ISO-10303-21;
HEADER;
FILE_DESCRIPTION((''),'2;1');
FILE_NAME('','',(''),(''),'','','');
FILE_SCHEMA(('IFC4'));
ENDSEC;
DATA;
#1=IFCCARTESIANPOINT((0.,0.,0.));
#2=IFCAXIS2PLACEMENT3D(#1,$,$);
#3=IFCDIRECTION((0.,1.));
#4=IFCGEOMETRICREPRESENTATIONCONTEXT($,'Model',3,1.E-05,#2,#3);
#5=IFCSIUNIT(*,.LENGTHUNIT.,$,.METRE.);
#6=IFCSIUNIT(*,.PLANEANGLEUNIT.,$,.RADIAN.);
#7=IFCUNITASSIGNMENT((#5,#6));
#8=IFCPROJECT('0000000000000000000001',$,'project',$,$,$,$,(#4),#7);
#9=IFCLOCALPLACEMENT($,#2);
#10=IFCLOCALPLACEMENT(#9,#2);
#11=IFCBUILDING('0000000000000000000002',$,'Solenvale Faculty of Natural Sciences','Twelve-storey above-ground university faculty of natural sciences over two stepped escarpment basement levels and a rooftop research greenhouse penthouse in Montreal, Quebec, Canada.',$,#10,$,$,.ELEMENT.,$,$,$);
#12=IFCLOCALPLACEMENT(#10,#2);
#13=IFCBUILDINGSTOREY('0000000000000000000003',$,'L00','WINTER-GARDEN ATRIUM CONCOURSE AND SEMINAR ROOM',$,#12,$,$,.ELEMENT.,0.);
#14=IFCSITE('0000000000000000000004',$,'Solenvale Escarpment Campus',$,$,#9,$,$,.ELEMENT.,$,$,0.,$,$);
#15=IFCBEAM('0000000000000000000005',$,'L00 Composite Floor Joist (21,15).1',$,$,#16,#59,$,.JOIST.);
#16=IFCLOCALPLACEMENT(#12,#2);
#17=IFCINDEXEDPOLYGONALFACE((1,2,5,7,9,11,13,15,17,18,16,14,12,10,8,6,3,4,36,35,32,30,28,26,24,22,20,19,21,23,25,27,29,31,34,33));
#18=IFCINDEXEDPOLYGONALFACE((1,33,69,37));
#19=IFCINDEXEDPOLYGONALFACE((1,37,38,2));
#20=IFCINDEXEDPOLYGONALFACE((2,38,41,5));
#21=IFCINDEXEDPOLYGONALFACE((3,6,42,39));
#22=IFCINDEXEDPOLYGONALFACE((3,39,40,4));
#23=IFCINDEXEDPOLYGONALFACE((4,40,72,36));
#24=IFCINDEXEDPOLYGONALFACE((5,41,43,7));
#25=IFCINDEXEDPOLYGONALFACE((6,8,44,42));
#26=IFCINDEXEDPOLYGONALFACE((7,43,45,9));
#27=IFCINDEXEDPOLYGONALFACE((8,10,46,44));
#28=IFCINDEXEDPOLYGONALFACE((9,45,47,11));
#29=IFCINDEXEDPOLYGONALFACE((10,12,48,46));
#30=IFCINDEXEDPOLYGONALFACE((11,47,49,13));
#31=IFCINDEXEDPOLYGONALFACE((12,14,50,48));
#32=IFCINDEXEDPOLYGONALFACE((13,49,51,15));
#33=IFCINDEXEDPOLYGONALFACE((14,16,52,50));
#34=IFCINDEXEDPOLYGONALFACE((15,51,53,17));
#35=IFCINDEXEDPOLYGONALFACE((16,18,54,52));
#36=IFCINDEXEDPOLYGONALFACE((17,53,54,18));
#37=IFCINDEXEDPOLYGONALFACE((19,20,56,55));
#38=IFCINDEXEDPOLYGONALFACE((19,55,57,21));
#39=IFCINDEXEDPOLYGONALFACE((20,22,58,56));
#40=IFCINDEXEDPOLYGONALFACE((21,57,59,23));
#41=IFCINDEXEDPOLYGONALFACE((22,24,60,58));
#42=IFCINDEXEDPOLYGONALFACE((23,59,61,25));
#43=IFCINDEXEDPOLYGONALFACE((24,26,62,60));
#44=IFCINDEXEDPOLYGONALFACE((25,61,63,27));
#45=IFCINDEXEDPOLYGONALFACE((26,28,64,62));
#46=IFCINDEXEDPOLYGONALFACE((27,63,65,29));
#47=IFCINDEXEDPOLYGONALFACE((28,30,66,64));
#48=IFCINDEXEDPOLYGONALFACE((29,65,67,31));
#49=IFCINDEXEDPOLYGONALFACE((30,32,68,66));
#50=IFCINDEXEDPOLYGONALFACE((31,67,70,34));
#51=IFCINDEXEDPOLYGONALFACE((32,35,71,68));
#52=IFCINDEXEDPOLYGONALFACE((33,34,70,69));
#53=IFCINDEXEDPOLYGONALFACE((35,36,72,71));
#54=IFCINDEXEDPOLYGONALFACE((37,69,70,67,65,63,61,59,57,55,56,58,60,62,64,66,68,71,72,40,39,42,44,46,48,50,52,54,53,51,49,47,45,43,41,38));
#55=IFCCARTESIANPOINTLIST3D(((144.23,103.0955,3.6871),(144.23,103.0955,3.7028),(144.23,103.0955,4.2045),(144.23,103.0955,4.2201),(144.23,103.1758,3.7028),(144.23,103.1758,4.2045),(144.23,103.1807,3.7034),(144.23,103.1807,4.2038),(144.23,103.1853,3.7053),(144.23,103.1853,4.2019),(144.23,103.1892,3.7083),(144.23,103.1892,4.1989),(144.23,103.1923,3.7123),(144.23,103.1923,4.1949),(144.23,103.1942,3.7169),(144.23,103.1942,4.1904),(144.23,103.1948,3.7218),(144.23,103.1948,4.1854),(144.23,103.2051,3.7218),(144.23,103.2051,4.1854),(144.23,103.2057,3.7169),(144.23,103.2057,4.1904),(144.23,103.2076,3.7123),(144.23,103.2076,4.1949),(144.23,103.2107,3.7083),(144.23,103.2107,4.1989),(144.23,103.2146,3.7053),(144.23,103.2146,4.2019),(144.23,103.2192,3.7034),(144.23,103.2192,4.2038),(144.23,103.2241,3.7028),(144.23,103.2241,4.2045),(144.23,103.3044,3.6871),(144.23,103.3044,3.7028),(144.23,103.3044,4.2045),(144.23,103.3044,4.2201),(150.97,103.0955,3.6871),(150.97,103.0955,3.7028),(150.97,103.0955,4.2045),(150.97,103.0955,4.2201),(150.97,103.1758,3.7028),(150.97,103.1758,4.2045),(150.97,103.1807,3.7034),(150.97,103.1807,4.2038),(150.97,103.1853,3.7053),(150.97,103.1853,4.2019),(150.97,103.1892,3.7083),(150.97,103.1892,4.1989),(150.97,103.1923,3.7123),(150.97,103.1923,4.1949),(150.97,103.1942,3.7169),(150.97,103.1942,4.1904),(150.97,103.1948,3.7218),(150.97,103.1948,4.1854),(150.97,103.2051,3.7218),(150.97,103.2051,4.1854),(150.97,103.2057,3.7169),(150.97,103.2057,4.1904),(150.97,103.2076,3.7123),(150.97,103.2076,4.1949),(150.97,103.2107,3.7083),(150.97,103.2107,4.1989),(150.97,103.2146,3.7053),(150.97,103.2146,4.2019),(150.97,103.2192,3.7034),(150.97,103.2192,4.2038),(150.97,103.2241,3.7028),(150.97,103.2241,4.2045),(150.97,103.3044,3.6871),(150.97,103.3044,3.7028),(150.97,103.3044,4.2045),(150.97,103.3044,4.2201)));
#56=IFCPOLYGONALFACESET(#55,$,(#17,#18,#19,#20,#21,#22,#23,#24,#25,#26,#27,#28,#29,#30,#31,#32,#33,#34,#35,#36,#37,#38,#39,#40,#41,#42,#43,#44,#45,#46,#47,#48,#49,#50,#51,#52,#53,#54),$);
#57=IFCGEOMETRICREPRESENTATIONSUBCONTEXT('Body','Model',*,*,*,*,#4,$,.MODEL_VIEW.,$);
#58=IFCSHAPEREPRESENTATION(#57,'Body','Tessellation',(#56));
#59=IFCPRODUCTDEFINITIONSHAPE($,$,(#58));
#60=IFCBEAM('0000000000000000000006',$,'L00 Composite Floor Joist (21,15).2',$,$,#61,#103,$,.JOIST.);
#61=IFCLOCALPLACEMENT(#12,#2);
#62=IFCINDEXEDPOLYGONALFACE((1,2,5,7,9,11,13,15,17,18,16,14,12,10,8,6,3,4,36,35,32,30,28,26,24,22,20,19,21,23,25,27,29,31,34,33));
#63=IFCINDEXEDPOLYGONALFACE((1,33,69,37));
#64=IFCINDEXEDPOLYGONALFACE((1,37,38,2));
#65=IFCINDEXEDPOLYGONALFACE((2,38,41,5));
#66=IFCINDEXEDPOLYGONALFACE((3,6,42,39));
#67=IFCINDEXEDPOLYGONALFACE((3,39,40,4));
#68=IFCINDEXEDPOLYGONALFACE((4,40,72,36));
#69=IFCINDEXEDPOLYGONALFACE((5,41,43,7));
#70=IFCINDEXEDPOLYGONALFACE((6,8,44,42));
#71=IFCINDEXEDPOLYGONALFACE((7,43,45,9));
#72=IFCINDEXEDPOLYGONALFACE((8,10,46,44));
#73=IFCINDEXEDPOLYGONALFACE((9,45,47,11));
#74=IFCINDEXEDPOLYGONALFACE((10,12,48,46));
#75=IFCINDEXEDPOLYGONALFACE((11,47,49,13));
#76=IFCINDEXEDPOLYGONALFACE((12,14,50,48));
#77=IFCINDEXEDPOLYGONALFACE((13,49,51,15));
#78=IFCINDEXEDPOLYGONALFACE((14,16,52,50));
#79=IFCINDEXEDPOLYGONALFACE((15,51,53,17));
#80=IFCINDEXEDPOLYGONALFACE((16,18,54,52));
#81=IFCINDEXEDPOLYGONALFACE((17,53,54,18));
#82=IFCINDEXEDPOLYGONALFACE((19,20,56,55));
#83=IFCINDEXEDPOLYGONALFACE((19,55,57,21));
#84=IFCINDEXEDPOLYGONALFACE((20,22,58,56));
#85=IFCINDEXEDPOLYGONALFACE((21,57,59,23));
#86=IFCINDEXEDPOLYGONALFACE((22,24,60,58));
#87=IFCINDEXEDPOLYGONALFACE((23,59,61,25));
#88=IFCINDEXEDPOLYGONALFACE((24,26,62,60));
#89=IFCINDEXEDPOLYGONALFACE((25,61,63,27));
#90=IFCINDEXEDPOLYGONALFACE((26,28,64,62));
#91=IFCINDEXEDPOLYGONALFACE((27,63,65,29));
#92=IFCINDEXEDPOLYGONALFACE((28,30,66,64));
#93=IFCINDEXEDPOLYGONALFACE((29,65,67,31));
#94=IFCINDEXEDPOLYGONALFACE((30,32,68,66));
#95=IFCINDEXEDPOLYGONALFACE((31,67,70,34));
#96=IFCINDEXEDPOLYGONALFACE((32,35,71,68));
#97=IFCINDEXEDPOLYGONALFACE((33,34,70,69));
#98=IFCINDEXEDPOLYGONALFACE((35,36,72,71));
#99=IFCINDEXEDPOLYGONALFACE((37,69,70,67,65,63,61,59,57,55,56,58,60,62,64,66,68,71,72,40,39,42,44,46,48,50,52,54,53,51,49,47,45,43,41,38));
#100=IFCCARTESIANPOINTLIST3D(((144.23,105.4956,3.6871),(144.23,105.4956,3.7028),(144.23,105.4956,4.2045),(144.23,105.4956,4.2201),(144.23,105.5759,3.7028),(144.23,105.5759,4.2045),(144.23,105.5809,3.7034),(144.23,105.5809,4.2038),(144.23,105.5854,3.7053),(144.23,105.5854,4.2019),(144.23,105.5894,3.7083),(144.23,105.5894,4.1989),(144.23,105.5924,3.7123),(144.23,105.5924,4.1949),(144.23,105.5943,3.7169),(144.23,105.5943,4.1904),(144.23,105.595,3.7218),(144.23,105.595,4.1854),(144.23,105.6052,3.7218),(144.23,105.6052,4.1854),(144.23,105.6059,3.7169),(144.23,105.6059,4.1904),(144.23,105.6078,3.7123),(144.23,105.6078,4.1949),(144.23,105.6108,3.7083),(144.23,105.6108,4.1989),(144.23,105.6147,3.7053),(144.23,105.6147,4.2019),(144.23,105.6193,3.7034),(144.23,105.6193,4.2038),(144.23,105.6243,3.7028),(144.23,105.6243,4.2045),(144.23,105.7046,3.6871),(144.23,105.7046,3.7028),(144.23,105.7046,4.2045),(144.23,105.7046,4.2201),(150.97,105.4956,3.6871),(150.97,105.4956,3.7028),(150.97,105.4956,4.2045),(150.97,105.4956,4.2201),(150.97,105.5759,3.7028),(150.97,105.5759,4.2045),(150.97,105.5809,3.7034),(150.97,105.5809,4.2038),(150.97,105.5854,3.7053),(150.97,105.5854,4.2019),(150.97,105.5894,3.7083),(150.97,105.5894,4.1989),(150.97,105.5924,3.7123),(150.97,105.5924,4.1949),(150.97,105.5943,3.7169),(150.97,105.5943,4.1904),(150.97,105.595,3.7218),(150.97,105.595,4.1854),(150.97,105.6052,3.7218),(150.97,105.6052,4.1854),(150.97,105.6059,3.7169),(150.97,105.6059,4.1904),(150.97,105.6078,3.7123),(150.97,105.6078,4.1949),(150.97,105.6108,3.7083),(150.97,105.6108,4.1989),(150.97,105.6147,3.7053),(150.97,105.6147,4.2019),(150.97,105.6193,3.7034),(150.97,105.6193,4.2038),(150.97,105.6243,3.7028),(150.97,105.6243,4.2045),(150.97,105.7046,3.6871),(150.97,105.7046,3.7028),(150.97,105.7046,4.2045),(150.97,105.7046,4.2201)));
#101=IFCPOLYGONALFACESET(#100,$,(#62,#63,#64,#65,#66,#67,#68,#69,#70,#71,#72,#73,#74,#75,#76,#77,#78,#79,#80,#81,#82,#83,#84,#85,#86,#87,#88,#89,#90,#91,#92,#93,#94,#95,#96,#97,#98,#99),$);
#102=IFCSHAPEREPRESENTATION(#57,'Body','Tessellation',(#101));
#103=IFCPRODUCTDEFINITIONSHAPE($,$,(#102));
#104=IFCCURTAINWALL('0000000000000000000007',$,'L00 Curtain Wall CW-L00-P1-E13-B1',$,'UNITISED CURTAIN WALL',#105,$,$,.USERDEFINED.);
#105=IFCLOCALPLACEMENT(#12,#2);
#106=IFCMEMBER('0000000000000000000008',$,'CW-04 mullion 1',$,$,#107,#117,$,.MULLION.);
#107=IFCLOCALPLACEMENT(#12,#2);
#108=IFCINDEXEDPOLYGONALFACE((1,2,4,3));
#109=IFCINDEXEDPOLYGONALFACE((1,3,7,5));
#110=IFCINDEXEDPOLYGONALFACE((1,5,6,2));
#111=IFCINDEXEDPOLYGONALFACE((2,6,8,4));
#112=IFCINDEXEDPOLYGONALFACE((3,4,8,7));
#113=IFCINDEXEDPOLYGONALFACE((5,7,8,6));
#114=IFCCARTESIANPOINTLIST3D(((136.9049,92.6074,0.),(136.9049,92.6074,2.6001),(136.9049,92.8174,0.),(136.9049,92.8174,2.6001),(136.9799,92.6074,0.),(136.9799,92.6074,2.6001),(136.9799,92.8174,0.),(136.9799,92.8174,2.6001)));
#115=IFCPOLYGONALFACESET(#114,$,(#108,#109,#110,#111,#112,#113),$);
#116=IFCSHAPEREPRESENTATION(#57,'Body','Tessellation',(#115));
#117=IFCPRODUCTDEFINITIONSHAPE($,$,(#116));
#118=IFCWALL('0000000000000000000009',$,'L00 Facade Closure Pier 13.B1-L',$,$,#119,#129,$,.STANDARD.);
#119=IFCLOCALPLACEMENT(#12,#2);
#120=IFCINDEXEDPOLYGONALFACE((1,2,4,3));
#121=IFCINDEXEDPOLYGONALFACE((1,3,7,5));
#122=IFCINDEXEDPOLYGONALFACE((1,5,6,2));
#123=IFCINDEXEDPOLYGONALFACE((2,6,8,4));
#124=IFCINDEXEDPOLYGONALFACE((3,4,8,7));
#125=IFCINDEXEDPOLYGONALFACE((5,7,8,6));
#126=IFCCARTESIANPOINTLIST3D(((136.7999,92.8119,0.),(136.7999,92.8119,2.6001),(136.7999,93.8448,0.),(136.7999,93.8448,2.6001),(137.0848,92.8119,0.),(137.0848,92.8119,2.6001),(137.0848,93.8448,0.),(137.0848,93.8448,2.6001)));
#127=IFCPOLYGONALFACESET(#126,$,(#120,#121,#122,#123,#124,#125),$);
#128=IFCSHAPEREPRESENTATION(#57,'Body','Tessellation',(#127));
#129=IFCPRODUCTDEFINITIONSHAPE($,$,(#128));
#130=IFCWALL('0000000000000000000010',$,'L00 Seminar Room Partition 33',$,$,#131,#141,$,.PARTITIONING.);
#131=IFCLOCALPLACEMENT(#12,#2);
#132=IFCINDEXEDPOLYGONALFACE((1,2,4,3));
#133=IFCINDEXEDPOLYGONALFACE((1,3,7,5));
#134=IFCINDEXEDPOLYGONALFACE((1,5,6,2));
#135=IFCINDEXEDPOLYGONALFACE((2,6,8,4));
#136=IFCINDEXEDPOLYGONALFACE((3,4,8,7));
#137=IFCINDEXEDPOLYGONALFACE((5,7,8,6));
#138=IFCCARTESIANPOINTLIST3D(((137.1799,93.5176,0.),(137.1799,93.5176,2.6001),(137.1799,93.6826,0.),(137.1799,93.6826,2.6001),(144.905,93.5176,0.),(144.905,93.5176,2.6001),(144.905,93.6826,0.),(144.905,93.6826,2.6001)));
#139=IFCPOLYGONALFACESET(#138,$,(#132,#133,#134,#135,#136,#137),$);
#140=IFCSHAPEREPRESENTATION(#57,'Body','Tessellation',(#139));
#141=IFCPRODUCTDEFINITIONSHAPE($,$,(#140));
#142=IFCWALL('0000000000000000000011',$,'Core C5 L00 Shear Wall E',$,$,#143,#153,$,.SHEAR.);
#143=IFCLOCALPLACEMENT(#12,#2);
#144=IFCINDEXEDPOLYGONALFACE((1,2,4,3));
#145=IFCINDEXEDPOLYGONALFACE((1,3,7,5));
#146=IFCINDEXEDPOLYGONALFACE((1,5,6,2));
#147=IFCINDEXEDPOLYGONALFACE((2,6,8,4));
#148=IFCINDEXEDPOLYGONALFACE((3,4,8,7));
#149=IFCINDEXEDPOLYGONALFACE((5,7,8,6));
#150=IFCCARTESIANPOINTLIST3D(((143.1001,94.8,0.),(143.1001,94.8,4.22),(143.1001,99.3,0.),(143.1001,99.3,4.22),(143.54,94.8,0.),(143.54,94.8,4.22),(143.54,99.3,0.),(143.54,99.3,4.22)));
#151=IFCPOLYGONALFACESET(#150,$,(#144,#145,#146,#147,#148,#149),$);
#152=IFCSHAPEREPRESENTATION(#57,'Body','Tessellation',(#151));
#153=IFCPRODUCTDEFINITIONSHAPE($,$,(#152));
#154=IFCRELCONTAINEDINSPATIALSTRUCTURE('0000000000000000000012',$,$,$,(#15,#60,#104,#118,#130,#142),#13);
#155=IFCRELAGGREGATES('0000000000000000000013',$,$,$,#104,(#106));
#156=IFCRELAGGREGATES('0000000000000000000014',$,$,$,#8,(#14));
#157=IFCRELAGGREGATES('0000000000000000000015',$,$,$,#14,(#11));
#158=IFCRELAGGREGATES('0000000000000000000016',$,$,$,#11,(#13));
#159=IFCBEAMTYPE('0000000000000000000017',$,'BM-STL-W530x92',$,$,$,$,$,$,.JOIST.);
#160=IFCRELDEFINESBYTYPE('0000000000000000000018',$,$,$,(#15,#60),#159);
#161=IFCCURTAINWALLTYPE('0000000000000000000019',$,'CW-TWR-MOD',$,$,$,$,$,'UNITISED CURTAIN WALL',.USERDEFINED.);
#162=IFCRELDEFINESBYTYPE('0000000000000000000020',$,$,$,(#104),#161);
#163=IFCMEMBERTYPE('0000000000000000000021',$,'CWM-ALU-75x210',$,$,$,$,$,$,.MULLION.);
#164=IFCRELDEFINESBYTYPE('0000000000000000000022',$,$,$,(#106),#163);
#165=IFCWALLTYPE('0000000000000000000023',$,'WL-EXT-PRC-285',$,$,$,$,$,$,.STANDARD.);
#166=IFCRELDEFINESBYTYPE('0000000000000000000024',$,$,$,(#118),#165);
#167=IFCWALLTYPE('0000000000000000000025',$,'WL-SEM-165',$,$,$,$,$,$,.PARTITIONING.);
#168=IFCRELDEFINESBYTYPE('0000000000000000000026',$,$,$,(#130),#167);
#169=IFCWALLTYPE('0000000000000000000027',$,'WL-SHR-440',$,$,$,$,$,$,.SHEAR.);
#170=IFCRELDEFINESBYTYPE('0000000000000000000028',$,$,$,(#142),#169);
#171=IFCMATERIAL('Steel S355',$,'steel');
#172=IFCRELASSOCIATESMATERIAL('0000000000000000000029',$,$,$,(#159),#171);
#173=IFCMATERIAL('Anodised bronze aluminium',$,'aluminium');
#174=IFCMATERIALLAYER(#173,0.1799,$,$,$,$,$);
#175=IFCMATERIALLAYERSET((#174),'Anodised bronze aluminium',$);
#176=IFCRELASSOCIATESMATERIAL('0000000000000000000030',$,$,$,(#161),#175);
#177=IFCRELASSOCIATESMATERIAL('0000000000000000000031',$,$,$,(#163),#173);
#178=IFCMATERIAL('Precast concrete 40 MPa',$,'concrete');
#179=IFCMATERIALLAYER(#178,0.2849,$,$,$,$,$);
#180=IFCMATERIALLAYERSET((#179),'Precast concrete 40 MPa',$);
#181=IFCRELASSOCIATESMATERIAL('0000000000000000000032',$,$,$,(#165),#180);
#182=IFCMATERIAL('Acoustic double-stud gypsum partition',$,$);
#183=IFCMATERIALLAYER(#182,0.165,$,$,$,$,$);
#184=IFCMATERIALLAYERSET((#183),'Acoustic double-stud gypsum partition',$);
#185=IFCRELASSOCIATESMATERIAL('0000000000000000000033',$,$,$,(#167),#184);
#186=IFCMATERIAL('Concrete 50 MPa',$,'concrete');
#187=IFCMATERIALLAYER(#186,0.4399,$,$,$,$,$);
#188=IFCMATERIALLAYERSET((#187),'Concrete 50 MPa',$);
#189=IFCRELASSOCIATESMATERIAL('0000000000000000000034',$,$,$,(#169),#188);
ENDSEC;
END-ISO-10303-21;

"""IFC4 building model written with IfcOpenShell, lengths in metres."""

from ifc_helpers import new_model, si_unit, direction, frame, frame_2d, origin, origin_2d, place, context, subcontext, project, spatial, rectangle, i_section, extrude, material, layer, layer_set, material_profile, profile_set, type_object, element, aggregate, save


model = new_model("IFC4")

# Units and contexts
model_context = context("Model", 3, precision=1e-05, world=origin(), true_north=direction((0.0, 1.0)))
body_context = subcontext(model_context, "Body", "Model", "MODEL_VIEW")
ifc_project = project(units=[si_unit("LENGTHUNIT", "METRE"), si_unit("PLANEANGLEUNIT", "RADIAN")], contexts=[model_context])

# Site, building, storey
site_placement = place(None, origin())
site = spatial("IfcSite", under=ifc_project, at=site_placement, Name="Solenvale Escarpment Campus", CompositionType="ELEMENT", RefElevation=0.0)
building_placement = place(site_placement, origin())
building = spatial("IfcBuilding", under=site, at=building_placement, Name="Solenvale Faculty of Natural Sciences", Description="Twelve-storey above-ground university faculty of natural sciences over two stepped escarpment basement levels and a rooftop research greenhouse penthouse in Montreal, Quebec, Canada.", CompositionType="ELEMENT")
storey_placement = place(building_placement, origin())
storey = spatial("IfcBuildingStorey", under=building, at=storey_placement, Name="L00", Description="WINTER-GARDEN ATRIUM CONCOURSE AND SEMINAR ROOM", CompositionType="ELEMENT", Elevation=0.0)

# Shared definitions
ifc_material_1 = material(Name="Concrete 50 MPa", Category="concrete")

# Beams
ifc_material_2 = material(Name="Steel S355", Category="steel")
ifc_material_profile_1 = material_profile(ifc_material_2, i_section(OverallWidth=0.209, OverallDepth=0.533, WebThickness=0.0103, FlangeThickness=0.0156, FilletRadius=0.019, at=origin_2d()), Name="W530x92")
ifc_profile_set_1 = profile_set([ifc_material_profile_1], Name="Steel S355")
beam_type_1 = type_object("IfcBeamType", Name="BM-STL-W530x92", PredefinedType="JOIST", material=ifc_profile_set_1)
for number, where, z_axis, x_axis, name in (
    (1, (144.23, 103.2, 3.9536), (1.0, 0.0, 0.0), (0.0, 1.0, 0.0), "L00 Composite Floor Joist (21,15).1"),
    (2, (144.23, 105.6001, 3.9536), (1.0, 0.0, 0.0), (0.0, 1.0, 0.0), "L00 Composite Floor Joist (21,15).2"),
):
    element("IfcBeam", number, at=place(storey_placement, frame(where, z_axis=z_axis, x_axis=x_axis)), inside=storey, type_object=beam_type_1, Name=name, PredefinedType="JOIST", context=body_context, shape_type="SweptSolid", body=[
        extrude(i_section(OverallWidth=0.209, OverallDepth=0.533, WebThickness=0.0103, FlangeThickness=0.0156, FilletRadius=0.019, at=origin_2d()), origin(), (0.0, 0.0, 1.0), 6.74),
    ])

# Curtain wall, member
ifc_material_3 = material(Name="Anodised bronze aluminium", Category="aluminium")
ifc_layer_1 = layer(ifc_material_3, 0.1799)
ifc_layer_set_1 = layer_set([ifc_layer_1], Name="Anodised bronze aluminium")
curtain_wall_type = type_object("IfcCurtainWallType", Name="CW-TWR-MOD", ElementType="UNITISED CURTAIN WALL", PredefinedType="USERDEFINED", material=ifc_layer_set_1)
curtain_wall_placement = place(storey_placement, origin())
curtain_wall = element("IfcCurtainWall", 3, at=curtain_wall_placement, inside=storey, type_object=curtain_wall_type, Name="L00 Curtain Wall CW-L00-P1-E13-B1", ObjectType="UNITISED CURTAIN WALL", PredefinedType="USERDEFINED")
ifc_material_profile_2 = material_profile(ifc_material_3, rectangle(XDim=0.075, YDim=0.21, at=origin_2d()), Name="ALU-MUL-75x210")
ifc_profile_set_2 = profile_set([ifc_material_profile_2], Name="Anodised bronze aluminium")
member_type = type_object("IfcMemberType", Name="CWM-ALU-75x210", PredefinedType="MULLION", material=ifc_profile_set_2)
member_placement = place(storey_placement, frame((136.9424, 92.7124, 0.0), z_axis=(0.0, 0.0, 1.0), x_axis=(1.0, 0.0, 0.0)))
member = element("IfcMember", 4, at=member_placement, type_object=member_type, Name="CW-04 mullion 1", PredefinedType="MULLION", context=body_context, shape_type="SweptSolid", body=[
    extrude(rectangle(XDim=0.075, YDim=0.21, at=origin_2d()), origin(), (0.0, 0.0, 1.0), 2.6001),
])
aggregate(curtain_wall, [member])

# Walls
ifc_material_4 = material(Name="Precast concrete 40 MPa", Category="concrete")
ifc_layer_2 = layer(ifc_material_4, 0.2849)
ifc_layer_set_2 = layer_set([ifc_layer_2], Name="Precast concrete 40 MPa")
wall_type_1 = type_object("IfcWallType", Name="WL-EXT-PRC-285", PredefinedType="STANDARD", material=ifc_layer_set_2)
wall_1_placement = place(storey_placement, frame((136.9424, 93.845, 0.0), z_axis=(0.0, 0.0, 1.0), x_axis=(0.0, -1.0, 0.0)))
element("IfcWall", 5, at=wall_1_placement, inside=storey, type_object=wall_type_1, Name="L00 Facade Closure Pier 13.B1-L", PredefinedType="STANDARD", context=body_context, shape_type="SweptSolid", body=[
    extrude(rectangle(XDim=1.033, YDim=0.2849, at=frame_2d((0.5166, 0.0))), origin(), (0.0, 0.0, 1.0), 2.6001),
])
ifc_material_5 = material(Name="Acoustic double-stud gypsum partition")
ifc_layer_3 = layer(ifc_material_5, 0.165)
ifc_layer_set_3 = layer_set([ifc_layer_3], Name="Acoustic double-stud gypsum partition")
wall_type_2 = type_object("IfcWallType", Name="WL-SEM-165", PredefinedType="PARTITIONING", material=ifc_layer_set_3)
wall_2_placement = place(storey_placement, frame((137.1799, 93.6001, 0.0), z_axis=(0.0, 0.0, 1.0), x_axis=(1.0, 0.0, 0.0)))
element("IfcWall", 6, at=wall_2_placement, inside=storey, type_object=wall_type_2, Name="L00 Seminar Room Partition 33", PredefinedType="PARTITIONING", context=body_context, shape_type="SweptSolid", body=[
    extrude(rectangle(XDim=7.7251, YDim=0.165, at=frame_2d((3.8625, 0.0))), origin(), (0.0, 0.0, 1.0), 2.6001),
])
ifc_layer_4 = layer(ifc_material_1, 0.4399)
ifc_layer_set_4 = layer_set([ifc_layer_4], Name="Concrete 50 MPa")
wall_type_3 = type_object("IfcWallType", Name="WL-SHR-440", PredefinedType="SHEAR", material=ifc_layer_set_4)
wall_3_placement = place(storey_placement, frame((143.3201, 94.8, 0.0), z_axis=(0.0, 0.0, 1.0), x_axis=(0.0, 1.0, 0.0)))
element("IfcWall", 7, at=wall_3_placement, inside=storey, type_object=wall_type_3, Name="Core C5 L00 Shear Wall E", PredefinedType="SHEAR", context=body_context, shape_type="SweptSolid", body=[
    extrude(rectangle(XDim=4.5, YDim=0.4399, at=frame_2d((2.25, 0.0))), origin(), (0.0, 0.0, 1.0), 4.22),
])

save(model, "model.ifc")
